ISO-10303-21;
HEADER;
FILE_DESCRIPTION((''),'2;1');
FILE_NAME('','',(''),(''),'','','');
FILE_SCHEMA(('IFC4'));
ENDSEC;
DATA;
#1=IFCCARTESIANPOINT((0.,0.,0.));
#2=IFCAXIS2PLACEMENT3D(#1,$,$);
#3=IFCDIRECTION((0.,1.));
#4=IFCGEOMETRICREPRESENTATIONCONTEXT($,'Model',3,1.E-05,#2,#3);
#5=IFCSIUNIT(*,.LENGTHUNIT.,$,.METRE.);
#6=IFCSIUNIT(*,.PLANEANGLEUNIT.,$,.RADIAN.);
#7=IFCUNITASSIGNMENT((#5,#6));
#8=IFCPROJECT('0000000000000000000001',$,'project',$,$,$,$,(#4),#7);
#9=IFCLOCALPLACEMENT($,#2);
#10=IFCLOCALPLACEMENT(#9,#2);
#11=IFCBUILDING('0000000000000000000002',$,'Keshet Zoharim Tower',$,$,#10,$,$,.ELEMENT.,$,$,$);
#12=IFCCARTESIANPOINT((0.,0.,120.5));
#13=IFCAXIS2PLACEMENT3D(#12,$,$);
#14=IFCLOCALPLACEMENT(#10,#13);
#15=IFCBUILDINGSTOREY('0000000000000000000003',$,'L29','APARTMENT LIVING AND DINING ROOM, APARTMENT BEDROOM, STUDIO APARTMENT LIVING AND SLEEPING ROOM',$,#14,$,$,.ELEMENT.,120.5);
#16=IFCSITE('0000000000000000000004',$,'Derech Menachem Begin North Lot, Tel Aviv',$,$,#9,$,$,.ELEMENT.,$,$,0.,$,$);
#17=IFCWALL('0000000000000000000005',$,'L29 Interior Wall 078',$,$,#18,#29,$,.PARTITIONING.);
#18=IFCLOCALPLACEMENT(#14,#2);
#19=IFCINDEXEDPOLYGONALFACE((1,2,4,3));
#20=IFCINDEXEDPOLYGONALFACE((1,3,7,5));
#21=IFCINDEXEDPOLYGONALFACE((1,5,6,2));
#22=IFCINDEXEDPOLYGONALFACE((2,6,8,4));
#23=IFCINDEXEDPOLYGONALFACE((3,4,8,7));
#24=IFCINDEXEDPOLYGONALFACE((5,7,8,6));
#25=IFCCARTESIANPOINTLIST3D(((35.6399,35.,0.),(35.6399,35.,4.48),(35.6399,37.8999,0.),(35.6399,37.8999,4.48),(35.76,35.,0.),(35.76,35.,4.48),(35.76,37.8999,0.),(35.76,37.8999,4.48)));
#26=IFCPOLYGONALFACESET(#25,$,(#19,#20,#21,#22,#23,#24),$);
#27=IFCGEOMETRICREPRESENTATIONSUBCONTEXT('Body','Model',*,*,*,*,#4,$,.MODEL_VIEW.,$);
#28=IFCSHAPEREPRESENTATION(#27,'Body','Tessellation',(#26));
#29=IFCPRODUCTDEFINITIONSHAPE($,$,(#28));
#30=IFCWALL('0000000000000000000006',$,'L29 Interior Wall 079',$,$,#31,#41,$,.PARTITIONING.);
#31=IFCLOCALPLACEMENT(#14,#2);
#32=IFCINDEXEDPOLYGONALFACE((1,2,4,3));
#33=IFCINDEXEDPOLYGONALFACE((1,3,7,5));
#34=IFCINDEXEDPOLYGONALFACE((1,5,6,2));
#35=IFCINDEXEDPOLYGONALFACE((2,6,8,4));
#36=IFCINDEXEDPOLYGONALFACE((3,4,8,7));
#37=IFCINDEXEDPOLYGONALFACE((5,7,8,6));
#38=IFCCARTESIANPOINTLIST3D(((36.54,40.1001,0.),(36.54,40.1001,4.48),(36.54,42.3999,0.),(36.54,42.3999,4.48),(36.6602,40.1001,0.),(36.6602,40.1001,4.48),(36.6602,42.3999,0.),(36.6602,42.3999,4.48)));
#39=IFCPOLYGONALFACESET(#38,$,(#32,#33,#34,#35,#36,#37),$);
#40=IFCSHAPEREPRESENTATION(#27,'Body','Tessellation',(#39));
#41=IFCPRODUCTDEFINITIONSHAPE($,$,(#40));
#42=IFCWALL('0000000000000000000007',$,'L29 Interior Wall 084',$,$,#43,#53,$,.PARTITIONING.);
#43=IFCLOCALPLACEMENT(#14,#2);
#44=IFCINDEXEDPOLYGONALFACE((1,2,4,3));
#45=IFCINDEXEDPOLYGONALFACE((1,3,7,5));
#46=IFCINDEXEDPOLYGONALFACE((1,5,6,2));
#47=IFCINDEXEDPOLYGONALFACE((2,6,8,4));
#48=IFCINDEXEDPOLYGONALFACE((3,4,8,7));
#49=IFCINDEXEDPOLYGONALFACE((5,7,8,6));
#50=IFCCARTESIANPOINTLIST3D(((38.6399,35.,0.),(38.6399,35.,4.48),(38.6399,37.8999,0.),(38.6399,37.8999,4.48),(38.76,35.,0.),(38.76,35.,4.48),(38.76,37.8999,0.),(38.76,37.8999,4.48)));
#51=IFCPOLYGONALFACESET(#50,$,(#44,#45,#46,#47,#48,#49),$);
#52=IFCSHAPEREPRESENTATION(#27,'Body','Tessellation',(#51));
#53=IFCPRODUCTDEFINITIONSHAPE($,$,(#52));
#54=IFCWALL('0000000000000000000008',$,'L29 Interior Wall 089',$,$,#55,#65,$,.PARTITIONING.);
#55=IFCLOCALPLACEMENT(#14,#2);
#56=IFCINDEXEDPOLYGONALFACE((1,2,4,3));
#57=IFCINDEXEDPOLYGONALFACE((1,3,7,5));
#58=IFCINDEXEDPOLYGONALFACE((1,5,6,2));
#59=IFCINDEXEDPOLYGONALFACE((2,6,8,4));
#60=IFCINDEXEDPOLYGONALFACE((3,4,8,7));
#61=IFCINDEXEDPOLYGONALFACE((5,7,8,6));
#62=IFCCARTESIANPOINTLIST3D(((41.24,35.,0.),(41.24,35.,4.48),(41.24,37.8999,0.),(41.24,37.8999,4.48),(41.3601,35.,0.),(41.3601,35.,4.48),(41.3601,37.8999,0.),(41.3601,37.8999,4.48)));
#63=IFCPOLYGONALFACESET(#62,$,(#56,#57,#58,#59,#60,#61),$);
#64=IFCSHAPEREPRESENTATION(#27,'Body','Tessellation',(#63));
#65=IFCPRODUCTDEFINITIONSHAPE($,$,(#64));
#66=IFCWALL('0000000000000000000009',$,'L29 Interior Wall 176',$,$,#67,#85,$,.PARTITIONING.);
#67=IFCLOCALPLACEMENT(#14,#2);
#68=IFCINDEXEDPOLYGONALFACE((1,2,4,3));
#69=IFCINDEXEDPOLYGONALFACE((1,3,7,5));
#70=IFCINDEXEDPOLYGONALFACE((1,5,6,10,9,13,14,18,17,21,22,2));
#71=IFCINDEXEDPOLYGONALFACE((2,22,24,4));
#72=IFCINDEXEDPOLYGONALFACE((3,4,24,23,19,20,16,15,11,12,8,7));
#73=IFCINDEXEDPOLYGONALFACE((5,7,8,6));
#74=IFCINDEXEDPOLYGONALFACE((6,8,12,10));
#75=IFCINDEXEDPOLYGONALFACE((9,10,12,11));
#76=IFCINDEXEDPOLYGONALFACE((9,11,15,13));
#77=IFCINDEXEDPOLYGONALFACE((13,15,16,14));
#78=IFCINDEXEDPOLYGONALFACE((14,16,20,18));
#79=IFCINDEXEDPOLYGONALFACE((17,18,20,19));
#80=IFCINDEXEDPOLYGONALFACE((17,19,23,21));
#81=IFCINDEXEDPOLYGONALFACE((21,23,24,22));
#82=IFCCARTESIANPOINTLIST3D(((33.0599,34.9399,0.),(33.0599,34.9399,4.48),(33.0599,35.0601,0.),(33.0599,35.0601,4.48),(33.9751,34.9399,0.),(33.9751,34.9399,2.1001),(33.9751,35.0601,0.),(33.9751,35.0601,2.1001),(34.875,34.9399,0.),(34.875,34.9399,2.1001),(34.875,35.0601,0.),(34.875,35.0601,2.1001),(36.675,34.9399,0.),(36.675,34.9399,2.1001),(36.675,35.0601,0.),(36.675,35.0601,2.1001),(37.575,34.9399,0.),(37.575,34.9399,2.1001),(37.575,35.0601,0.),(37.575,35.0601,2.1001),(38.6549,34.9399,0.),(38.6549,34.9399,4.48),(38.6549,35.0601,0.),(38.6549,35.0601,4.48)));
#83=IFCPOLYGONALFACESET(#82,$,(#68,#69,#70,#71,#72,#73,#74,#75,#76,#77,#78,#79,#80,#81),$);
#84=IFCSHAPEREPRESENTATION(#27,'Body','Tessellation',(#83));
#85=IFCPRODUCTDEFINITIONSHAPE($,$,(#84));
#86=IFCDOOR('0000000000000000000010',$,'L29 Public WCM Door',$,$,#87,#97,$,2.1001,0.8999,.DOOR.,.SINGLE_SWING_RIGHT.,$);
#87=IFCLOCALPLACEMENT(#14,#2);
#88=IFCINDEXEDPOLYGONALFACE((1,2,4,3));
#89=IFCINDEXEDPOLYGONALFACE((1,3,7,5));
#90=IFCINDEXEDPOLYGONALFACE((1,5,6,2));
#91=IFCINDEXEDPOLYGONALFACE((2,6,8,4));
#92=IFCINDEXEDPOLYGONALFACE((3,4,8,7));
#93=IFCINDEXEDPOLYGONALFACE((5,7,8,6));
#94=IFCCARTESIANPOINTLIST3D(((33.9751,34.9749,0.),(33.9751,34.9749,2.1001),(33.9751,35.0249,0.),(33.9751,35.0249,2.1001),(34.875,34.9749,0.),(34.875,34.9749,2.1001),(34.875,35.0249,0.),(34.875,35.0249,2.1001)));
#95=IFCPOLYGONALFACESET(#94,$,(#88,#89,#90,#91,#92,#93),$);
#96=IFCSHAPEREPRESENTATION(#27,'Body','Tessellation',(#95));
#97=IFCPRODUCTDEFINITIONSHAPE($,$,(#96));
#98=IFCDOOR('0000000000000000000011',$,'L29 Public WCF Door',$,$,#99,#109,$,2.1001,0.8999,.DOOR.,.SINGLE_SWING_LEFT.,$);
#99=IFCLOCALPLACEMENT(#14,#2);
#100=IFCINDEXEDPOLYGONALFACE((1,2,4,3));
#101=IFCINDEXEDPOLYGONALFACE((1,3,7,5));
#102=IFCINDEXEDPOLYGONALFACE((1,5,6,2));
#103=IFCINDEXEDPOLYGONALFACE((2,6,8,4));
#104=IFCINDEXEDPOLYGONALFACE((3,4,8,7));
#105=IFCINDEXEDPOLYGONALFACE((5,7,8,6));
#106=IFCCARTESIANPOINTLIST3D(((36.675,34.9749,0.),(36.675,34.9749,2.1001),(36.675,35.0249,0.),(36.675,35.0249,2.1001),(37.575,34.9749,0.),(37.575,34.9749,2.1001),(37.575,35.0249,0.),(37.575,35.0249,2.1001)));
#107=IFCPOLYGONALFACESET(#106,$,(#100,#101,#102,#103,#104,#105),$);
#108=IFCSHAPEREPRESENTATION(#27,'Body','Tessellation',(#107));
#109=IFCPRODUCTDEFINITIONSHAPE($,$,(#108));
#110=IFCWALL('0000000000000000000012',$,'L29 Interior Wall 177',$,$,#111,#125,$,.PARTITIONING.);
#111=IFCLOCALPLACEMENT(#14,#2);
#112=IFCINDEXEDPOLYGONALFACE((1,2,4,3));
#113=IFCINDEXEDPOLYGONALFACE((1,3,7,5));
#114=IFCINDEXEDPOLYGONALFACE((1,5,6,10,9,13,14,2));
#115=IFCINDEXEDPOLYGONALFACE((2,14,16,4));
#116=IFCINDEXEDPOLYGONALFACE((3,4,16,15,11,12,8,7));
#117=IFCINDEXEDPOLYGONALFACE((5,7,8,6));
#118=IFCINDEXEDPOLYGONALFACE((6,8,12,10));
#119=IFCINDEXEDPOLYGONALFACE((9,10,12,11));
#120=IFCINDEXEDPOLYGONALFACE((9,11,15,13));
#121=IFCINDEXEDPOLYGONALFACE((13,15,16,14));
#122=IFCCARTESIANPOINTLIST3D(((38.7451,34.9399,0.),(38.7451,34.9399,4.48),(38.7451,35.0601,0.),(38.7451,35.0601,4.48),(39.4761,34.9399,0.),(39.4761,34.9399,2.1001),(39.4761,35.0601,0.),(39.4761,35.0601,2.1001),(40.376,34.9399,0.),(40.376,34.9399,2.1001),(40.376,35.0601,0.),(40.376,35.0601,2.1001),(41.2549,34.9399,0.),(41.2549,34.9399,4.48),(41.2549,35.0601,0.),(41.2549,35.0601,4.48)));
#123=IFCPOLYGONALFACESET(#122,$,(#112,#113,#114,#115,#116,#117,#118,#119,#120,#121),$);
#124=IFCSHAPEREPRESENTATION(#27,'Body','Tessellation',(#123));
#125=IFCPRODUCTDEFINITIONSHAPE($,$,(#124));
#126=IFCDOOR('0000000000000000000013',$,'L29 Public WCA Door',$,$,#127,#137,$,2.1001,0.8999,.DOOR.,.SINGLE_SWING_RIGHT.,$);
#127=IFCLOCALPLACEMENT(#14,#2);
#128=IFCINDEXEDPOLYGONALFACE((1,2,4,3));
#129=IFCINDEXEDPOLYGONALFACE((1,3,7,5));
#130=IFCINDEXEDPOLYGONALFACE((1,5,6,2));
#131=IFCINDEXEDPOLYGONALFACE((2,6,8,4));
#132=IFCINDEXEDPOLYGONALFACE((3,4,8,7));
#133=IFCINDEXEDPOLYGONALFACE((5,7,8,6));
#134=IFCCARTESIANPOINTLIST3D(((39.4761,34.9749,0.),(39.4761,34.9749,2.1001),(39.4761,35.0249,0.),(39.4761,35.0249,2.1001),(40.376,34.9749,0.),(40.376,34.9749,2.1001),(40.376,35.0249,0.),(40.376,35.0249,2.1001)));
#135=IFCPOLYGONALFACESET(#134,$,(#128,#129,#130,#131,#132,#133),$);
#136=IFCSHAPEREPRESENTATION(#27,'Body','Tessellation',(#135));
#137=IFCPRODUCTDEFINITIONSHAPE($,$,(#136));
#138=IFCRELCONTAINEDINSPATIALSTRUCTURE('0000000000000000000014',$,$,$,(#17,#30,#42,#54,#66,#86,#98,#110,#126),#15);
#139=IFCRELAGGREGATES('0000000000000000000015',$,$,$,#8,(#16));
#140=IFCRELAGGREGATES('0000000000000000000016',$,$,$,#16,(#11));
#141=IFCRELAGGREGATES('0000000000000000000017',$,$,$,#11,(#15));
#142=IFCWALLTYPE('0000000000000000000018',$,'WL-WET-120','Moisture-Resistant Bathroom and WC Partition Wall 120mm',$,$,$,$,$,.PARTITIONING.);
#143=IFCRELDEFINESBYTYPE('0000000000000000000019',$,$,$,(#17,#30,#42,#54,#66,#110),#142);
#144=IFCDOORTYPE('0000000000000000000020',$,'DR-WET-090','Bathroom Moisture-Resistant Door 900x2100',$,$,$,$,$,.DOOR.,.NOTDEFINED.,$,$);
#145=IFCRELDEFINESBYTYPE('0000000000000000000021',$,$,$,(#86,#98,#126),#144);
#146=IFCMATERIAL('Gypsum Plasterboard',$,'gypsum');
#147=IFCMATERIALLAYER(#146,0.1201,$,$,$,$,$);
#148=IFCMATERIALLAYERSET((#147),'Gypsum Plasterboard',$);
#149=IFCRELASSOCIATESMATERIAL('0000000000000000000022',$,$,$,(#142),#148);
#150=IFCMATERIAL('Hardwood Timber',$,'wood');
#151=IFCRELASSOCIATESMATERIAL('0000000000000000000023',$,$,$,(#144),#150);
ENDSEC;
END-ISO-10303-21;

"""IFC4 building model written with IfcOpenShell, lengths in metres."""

from ifc_helpers import new_model, si_unit, direction, frame, frame_2d, origin, place, context, subcontext, project, spatial, rectangle, extrude, material, layer, layer_set, type_object, element, fill, save


model = new_model("IFC4")

# Units and contexts
model_context = context("Model", 3, precision=1e-05, world=origin(), true_north=direction((0.0, 1.0)))
body_context = subcontext(model_context, "Body", "Model", "MODEL_VIEW")
ifc_project = project(units=[si_unit("LENGTHUNIT", "METRE"), si_unit("PLANEANGLEUNIT", "RADIAN")], contexts=[model_context])

# Site, building, storey
site_placement = place(None, origin())
site = spatial("IfcSite", under=ifc_project, at=site_placement, Name="Derech Menachem Begin North Lot, Tel Aviv", CompositionType="ELEMENT", RefElevation=0.0)
building_placement = place(site_placement, origin())
building = spatial("IfcBuilding", under=site, at=building_placement, Name="Keshet Zoharim Tower", CompositionType="ELEMENT")
storey_placement = place(building_placement, frame((0.0, 0.0, 120.5)))
storey = spatial("IfcBuildingStorey", under=building, at=storey_placement, Name="L29", Description="APARTMENT LIVING AND DINING ROOM, APARTMENT BEDROOM, STUDIO APARTMENT LIVING AND SLEEPING ROOM", CompositionType="ELEMENT", Elevation=120.5)

# Shared definitions
ifc_material_1 = material(Name="Gypsum Plasterboard", Category="gypsum")

# Shared definitions
ifc_material_2 = material(Name="Hardwood Timber", Category="wood")

# Walls
ifc_layer_1 = layer(ifc_material_1, 0.1201)
ifc_layer_set_1 = layer_set([ifc_layer_1], Name="Gypsum Plasterboard")
wall_type_1 = type_object("IfcWallType", Name="WL-WET-120", Description="Moisture-Resistant Bathroom and WC Partition Wall 120mm", PredefinedType="PARTITIONING", material=ifc_layer_set_1)
wall_1_placement = place(storey_placement, frame((35.7, 35.0, 0.0), z_axis=(0.0, 0.0, 1.0), x_axis=(0.0, 1.0, 0.0)))
element("IfcWall", 1, at=wall_1_placement, inside=storey, type_object=wall_type_1, Name="L29 Interior Wall 078", PredefinedType="PARTITIONING", context=body_context, shape_type="SweptSolid", body=[
    extrude(rectangle(XDim=2.8999, YDim=0.1201, at=frame_2d((1.45, 0.0))), origin(), (0.0, 0.0, 1.0), 4.48),
])
wall_2_placement = place(storey_placement, frame((36.6001, 40.1001, 0.0), z_axis=(0.0, 0.0, 1.0), x_axis=(0.0, 1.0, 0.0)))
element("IfcWall", 2, at=wall_2_placement, inside=storey, type_object=wall_type_1, Name="L29 Interior Wall 079", PredefinedType="PARTITIONING", context=body_context, shape_type="SweptSolid", body=[
    extrude(rectangle(XDim=2.2998, YDim=0.1201, at=frame_2d((1.1499, 0.0))), origin(), (0.0, 0.0, 1.0), 4.48),
])
for number, where, z_axis, x_axis, name in (
    (3, (38.7, 35.0, 0.0), (0.0, 0.0, 1.0), (0.0, 1.0, 0.0), "L29 Interior Wall 084"),
    (4, (41.3, 35.0, 0.0), (0.0, 0.0, 1.0), (0.0, 1.0, 0.0), "L29 Interior Wall 089"),
):
    element("IfcWall", number, at=place(storey_placement, frame(where, z_axis=z_axis, x_axis=x_axis)), inside=storey, type_object=wall_type_1, Name=name, PredefinedType="PARTITIONING", context=body_context, shape_type="SweptSolid", body=[
        extrude(rectangle(XDim=2.8999, YDim=0.1201, at=frame_2d((1.45, 0.0))), origin(), (0.0, 0.0, 1.0), 4.48),
    ])

# Wall, openings, doors
wall_3_placement = place(storey_placement, frame((33.0601, 35.0, 0.0), z_axis=(0.0, 0.0, 1.0), x_axis=(1.0, 0.0, 0.0)))
wall_3 = element("IfcWall", 5, at=wall_3_placement, inside=storey, type_object=wall_type_1, Name="L29 Interior Wall 176", PredefinedType="PARTITIONING", context=body_context, shape_type="SweptSolid", body=[
    extrude(rectangle(XDim=5.595, YDim=0.1201, at=frame_2d((2.7974, 0.0))), origin(), (0.0, 0.0, 1.0), 4.48),
])
opening_1_placement = place(wall_3_placement, frame((0.915, 0.0, 0.0)))
opening_1 = element("IfcOpeningElement", 6, at=opening_1_placement, cuts=wall_3, PredefinedType="OPENING", context=body_context, shape_type="SweptSolid", body=[
    extrude(rectangle(XDim=0.8999, YDim=2.1001, at=frame_2d((0.45, 1.05))), frame((0.0, 0.0701, 0.0), z_axis=(0.0, -1.0, 0.0), x_axis=(1.0, 0.0, 0.0)), (0.0, 0.0, 1.0), 0.1401),
])
opening_2_placement = place(wall_3_placement, frame((3.615, 0.0, 0.0)))
opening_2 = element("IfcOpeningElement", 7, at=opening_2_placement, cuts=wall_3, PredefinedType="OPENING", context=body_context, shape_type="SweptSolid", body=[
    extrude(rectangle(XDim=0.8999, YDim=2.1001, at=frame_2d((0.45, 1.05))), frame((0.0, 0.0701, 0.0), z_axis=(0.0, -1.0, 0.0), x_axis=(1.0, 0.0, 0.0)), (0.0, 0.0, 1.0), 0.1401),
])
door_type_1 = type_object("IfcDoorType", Name="DR-WET-090", Description="Bathroom Moisture-Resistant Door 900x2100", OperationType="NOTDEFINED", PredefinedType="DOOR", material=ifc_material_2)
door_1_placement = place(opening_1_placement, origin())
door_1 = element("IfcDoor", 8, at=door_1_placement, inside=storey, type_object=door_type_1, Name="L29 Public WCM Door", OperationType="SINGLE_SWING_RIGHT", OverallHeight=2.1001, OverallWidth=0.8999, PredefinedType="DOOR", context=body_context, shape_type="SweptSolid", body=[
    extrude(rectangle(XDim=0.8999, YDim=2.1001, at=frame_2d((0.45, 1.05))), frame((0.0, 0.0249, 0.0), z_axis=(0.0, -1.0, 0.0), x_axis=(1.0, 0.0, 0.0)), (0.0, 0.0, 1.0), 0.05),
])
fill(opening_1, door_1)
door_2_placement = place(opening_2_placement, origin())
door_2 = element("IfcDoor", 9, at=door_2_placement, inside=storey, type_object=door_type_1, Name="L29 Public WCF Door", OperationType="SINGLE_SWING_LEFT", OverallHeight=2.1001, OverallWidth=0.8999, PredefinedType="DOOR", context=body_context, shape_type="SweptSolid", body=[
    extrude(rectangle(XDim=0.8999, YDim=2.1001, at=frame_2d((0.45, 1.05))), frame((0.0, 0.0249, 0.0), z_axis=(0.0, -1.0, 0.0), x_axis=(1.0, 0.0, 0.0)), (0.0, 0.0, 1.0), 0.05),
])
fill(opening_2, door_2)

# Wall, opening, door
wall_4_placement = place(storey_placement, frame((38.7451, 35.0, 0.0), z_axis=(0.0, 0.0, 1.0), x_axis=(1.0, 0.0, 0.0)))
wall_4 = element("IfcWall", 10, at=wall_4_placement, inside=storey, type_object=wall_type_1, Name="L29 Interior Wall 177", PredefinedType="PARTITIONING", context=body_context, shape_type="SweptSolid", body=[
    extrude(rectangle(XDim=2.5098, YDim=0.1201, at=frame_2d((1.2549, 0.0))), origin(), (0.0, 0.0, 1.0), 4.48),
])
opening_3_placement = place(wall_4_placement, frame((0.731, 0.0, 0.0)))
opening_3 = element("IfcOpeningElement", 11, at=opening_3_placement, cuts=wall_4, PredefinedType="OPENING", context=body_context, shape_type="SweptSolid", body=[
    extrude(rectangle(XDim=0.8999, YDim=2.1001, at=frame_2d((0.45, 1.05))), frame((0.0, 0.0701, 0.0), z_axis=(0.0, -1.0, 0.0), x_axis=(1.0, 0.0, 0.0)), (0.0, 0.0, 1.0), 0.1401),
])
door_3_placement = place(opening_3_placement, origin())
door_3 = element("IfcDoor", 12, at=door_3_placement, inside=storey, type_object=door_type_1, Name="L29 Public WCA Door", OperationType="SINGLE_SWING_RIGHT", OverallHeight=2.1001, OverallWidth=0.8999, PredefinedType="DOOR", context=body_context, shape_type="SweptSolid", body=[
    extrude(rectangle(XDim=0.8999, YDim=2.1001, at=frame_2d((0.45, 1.05))), frame((0.0, 0.0249, 0.0), z_axis=(0.0, -1.0, 0.0), x_axis=(1.0, 0.0, 0.0)), (0.0, 0.0, 1.0), 0.05),
])
fill(opening_3, door_3)

save(model, "model.ifc")
